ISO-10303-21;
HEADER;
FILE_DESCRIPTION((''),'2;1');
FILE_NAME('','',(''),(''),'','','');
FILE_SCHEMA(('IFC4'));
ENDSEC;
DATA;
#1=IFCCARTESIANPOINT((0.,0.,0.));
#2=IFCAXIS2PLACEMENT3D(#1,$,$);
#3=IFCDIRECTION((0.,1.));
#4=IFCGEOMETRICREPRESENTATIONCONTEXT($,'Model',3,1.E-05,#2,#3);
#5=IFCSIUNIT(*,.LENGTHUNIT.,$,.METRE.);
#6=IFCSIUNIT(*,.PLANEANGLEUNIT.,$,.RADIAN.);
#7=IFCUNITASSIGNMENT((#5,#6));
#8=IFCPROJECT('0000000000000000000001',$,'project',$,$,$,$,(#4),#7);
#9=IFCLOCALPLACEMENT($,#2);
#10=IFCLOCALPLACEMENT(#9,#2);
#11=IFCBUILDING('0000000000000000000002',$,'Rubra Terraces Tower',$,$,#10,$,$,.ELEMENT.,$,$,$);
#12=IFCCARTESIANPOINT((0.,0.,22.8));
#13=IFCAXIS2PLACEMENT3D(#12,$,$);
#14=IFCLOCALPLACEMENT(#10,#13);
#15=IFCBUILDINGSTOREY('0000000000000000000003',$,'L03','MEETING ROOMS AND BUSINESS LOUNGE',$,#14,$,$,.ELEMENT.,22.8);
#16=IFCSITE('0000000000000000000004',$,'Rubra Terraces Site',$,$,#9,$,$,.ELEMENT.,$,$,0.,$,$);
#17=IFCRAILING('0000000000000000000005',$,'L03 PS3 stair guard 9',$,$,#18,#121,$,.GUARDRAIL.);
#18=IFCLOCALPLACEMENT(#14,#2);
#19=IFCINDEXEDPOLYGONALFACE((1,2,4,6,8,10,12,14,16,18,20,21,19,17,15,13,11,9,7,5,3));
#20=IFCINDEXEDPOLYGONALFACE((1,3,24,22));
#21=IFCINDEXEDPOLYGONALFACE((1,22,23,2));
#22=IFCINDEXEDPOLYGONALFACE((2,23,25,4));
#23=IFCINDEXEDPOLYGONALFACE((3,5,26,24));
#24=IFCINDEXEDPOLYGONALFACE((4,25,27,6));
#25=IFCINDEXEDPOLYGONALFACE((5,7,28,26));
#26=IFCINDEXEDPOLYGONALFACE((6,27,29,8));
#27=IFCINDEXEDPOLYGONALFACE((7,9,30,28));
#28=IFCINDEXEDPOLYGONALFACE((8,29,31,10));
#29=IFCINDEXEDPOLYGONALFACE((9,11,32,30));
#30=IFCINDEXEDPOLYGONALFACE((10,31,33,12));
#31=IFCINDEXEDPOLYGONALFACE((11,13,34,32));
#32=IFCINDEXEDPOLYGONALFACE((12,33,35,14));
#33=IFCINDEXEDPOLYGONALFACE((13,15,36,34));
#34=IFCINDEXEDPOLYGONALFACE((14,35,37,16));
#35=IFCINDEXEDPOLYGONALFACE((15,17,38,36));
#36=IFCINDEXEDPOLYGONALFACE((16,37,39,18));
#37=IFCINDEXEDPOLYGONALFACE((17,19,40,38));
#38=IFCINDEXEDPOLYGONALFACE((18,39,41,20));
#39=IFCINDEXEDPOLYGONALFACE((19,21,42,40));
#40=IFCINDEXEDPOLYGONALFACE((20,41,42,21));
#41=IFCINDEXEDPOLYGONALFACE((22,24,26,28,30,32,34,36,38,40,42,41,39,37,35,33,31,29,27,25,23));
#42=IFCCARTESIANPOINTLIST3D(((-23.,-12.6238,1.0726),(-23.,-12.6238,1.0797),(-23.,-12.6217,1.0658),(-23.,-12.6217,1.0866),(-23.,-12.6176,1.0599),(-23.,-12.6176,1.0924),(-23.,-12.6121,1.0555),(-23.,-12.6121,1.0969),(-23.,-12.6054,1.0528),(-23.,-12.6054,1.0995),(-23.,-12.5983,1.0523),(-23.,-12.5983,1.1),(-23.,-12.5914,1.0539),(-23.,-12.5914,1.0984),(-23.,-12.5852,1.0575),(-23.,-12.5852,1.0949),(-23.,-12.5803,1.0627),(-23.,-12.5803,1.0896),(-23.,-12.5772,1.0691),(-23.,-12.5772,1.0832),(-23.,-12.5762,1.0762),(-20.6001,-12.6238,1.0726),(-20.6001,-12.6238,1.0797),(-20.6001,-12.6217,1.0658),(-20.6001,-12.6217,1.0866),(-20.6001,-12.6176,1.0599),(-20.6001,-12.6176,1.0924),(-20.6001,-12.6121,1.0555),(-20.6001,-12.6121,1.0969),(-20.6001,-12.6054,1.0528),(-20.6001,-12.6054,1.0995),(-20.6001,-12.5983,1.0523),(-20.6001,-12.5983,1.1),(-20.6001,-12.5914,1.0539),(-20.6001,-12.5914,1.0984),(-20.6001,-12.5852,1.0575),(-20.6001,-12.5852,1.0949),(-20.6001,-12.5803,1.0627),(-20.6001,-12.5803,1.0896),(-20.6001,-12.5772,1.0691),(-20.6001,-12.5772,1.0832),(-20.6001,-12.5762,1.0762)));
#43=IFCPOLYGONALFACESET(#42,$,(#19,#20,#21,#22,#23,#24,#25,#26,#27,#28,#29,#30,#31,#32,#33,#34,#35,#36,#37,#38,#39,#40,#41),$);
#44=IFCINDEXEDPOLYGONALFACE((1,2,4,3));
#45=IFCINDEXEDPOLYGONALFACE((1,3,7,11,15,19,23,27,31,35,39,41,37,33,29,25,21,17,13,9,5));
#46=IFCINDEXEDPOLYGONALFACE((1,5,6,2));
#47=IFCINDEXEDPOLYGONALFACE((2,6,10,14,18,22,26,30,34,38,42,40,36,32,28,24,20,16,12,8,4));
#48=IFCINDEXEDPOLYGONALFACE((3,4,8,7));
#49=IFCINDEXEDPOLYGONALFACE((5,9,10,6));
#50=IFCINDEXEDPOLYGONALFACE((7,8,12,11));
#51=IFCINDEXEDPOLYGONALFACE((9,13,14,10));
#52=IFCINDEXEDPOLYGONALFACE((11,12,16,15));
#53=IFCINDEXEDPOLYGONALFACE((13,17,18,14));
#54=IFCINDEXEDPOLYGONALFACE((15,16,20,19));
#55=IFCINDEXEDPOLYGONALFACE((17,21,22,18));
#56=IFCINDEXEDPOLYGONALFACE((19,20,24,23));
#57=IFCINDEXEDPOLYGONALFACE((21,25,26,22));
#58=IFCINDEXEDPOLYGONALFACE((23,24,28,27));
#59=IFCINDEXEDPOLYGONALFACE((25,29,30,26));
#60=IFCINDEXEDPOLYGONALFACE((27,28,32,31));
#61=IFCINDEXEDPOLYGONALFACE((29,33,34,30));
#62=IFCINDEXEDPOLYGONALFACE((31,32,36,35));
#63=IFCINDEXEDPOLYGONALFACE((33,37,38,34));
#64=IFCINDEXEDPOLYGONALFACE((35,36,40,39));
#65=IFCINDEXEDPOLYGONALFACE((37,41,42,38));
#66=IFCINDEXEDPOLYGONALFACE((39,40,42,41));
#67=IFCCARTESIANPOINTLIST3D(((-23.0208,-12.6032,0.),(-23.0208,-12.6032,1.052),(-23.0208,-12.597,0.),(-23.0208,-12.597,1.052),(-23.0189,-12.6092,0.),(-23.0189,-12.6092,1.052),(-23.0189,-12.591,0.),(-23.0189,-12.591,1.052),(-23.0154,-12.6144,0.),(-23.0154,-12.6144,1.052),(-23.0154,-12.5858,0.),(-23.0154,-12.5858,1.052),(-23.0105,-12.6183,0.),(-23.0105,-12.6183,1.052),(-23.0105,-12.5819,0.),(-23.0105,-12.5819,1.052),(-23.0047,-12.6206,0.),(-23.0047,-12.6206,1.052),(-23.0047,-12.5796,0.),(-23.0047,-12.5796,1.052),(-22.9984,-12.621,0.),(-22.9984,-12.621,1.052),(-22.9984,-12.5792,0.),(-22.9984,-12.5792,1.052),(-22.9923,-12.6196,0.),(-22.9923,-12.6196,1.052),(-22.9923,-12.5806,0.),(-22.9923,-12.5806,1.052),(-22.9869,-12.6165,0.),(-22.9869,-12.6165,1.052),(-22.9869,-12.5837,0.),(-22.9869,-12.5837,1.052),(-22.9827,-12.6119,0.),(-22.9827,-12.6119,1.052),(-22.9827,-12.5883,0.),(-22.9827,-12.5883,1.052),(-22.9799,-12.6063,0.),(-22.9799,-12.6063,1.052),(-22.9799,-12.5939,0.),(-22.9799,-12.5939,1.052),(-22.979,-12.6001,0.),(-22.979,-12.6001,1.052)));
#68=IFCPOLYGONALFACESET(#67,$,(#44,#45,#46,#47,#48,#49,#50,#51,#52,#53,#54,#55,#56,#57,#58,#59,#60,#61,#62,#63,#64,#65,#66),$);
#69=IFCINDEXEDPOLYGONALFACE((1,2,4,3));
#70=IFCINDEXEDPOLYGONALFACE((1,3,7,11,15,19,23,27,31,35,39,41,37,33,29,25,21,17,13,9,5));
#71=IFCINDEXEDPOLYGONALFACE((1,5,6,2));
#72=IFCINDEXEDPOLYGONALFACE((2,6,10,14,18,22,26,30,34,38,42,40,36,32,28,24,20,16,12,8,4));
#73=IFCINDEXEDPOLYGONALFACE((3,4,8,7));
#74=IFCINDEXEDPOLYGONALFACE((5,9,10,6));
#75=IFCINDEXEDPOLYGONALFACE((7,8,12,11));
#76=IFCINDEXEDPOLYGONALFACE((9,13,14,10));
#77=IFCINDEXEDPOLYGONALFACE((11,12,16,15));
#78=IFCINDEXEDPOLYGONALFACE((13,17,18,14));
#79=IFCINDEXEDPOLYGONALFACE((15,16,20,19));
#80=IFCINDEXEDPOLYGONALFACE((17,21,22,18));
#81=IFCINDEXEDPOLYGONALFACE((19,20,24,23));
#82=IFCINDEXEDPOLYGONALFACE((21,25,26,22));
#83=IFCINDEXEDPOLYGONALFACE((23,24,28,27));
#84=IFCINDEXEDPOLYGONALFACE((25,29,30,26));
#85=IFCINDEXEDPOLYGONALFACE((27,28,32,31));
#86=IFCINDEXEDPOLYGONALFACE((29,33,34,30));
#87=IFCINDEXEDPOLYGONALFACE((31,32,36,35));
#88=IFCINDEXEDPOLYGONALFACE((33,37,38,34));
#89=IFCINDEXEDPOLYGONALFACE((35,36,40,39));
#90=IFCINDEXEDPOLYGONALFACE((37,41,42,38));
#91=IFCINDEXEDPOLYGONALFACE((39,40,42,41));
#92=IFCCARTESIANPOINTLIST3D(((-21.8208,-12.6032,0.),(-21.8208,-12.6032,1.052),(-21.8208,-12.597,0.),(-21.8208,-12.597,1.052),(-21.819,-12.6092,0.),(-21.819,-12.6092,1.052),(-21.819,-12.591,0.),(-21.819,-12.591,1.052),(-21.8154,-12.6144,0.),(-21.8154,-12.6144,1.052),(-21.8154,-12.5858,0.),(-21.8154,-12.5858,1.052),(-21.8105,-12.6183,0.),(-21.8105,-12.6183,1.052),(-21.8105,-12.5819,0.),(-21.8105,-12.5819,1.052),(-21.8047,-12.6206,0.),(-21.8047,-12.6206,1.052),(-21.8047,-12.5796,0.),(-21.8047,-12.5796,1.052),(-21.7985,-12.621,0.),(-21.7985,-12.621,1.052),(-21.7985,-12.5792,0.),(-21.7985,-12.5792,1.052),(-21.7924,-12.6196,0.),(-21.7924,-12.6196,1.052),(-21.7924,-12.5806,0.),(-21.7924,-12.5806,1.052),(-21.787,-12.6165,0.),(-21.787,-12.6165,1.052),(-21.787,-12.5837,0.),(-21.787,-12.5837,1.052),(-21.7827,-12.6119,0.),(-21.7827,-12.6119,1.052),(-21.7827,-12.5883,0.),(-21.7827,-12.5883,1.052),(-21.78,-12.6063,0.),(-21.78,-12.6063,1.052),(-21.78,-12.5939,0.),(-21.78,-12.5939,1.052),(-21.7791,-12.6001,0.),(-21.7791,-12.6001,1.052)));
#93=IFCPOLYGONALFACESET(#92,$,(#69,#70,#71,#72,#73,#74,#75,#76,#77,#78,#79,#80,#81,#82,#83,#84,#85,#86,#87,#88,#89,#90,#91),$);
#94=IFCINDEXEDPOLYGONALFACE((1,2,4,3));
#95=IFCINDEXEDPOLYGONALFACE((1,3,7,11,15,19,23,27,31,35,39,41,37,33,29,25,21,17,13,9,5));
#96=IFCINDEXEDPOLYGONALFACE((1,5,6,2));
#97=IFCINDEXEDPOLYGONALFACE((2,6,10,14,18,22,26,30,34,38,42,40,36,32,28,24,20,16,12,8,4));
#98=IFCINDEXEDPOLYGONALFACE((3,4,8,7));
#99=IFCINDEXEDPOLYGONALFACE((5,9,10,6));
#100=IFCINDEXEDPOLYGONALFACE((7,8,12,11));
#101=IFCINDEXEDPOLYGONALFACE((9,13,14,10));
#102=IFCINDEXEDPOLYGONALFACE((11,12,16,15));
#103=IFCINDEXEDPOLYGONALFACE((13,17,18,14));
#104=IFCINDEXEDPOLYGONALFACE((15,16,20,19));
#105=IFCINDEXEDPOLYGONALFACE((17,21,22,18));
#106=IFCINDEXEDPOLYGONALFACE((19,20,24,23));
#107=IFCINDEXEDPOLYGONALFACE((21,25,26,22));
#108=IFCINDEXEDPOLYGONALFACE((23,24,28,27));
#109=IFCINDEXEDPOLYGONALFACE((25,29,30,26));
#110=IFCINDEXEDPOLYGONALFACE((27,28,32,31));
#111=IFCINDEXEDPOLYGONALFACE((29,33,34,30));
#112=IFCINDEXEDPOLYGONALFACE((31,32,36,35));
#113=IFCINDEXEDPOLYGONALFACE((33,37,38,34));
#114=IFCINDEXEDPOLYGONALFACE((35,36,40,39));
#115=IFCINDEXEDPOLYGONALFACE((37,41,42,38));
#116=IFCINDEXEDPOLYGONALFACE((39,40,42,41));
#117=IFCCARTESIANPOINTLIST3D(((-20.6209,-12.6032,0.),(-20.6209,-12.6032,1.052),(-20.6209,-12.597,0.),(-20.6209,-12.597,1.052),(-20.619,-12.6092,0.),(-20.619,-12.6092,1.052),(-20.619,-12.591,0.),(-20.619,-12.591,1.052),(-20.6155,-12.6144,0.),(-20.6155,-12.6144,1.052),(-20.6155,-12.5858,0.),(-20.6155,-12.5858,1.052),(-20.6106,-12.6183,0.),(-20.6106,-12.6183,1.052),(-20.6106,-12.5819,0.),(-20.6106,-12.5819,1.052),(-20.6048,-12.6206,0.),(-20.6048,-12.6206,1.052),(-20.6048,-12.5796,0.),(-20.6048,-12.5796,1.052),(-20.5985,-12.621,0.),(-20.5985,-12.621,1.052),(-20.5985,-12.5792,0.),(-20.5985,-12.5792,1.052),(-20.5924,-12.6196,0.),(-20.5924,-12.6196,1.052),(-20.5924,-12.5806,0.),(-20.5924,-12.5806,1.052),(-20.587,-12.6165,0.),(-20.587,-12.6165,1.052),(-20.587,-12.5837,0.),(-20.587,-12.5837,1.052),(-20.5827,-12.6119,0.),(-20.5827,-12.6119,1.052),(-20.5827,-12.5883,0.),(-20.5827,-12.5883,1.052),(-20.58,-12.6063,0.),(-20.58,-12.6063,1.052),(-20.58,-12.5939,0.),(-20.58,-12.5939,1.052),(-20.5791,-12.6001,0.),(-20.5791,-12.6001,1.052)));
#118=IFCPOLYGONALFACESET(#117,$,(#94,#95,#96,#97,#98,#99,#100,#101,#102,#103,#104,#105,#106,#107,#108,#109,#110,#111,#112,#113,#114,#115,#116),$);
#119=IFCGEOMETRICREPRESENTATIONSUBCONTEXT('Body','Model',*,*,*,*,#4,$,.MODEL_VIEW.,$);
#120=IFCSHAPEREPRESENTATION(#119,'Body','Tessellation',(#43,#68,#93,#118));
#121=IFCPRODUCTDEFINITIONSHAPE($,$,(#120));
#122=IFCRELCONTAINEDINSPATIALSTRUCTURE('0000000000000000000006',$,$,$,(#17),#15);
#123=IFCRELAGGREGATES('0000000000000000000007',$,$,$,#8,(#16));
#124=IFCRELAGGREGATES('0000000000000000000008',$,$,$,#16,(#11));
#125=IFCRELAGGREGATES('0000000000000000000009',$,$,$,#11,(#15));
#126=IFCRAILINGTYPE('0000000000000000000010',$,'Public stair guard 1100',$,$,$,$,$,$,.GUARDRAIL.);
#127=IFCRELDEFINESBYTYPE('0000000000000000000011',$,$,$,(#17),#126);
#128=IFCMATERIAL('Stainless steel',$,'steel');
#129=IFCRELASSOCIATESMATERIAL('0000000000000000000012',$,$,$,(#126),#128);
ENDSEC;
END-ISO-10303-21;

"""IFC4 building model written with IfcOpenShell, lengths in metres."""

from ifc_helpers import new_model, si_unit, direction, frame, origin, origin_2d, place, context, subcontext, project, spatial, circle, extrude, material, type_object, element, save


model = new_model("IFC4")

# Units and contexts
model_context = context("Model", 3, precision=1e-05, world=origin(), true_north=direction((0.0, 1.0)))
body_context = subcontext(model_context, "Body", "Model", "MODEL_VIEW")
ifc_project = project(units=[si_unit("LENGTHUNIT", "METRE"), si_unit("PLANEANGLEUNIT", "RADIAN")], contexts=[model_context])

# Site, building, storey
site_placement = place(None, origin())
site = spatial("IfcSite", under=ifc_project, at=site_placement, Name="Rubra Terraces Site", CompositionType="ELEMENT", RefElevation=0.0)
building_placement = place(site_placement, origin())
building = spatial("IfcBuilding", under=site, at=building_placement, Name="Rubra Terraces Tower", CompositionType="ELEMENT")
storey_placement = place(building_placement, frame((0.0, 0.0, 22.8)))
storey = spatial("IfcBuildingStorey", under=building, at=storey_placement, Name="L03", Description="MEETING ROOMS AND BUSINESS LOUNGE", CompositionType="ELEMENT", Elevation=22.8)

# Railing
ifc_material_1 = material(Name="Stainless steel", Category="steel")
railing_type_1 = type_object("IfcRailingType", Name="Public stair guard 1100", PredefinedType="GUARDRAIL", material=ifc_material_1)
for number, where, name in (
    (1, (-23.0, -12.6001, 0.0), "L03 PS3 stair guard 9"),
):
    element("IfcRailing", number, at=place(storey_placement, frame(where)), inside=storey, type_object=railing_type_1, Name=name, PredefinedType="GUARDRAIL", context=body_context, shape_type="SweptSolid", body=[
        extrude(circle(Radius=0.0239, at=origin_2d()), frame((0.0, 0.0, 1.0762), z_axis=(1.0, 0.0, 0.0), x_axis=(0.0, 1.0, 0.0)), (0.0, 0.0, 1.0), 2.3999),
        extrude(circle(Radius=0.021, at=origin_2d()), origin(), (0.0, 0.0, 1.0), 1.052),
        extrude(circle(Radius=0.021, at=origin_2d()), frame((1.2, 0.0, 0.0)), (0.0, 0.0, 1.0), 1.052),
        extrude(circle(Radius=0.021, at=origin_2d()), frame((2.3999, 0.0, 0.0)), (0.0, 0.0, 1.0), 1.052),
    ])

save(model, "model.ifc")
